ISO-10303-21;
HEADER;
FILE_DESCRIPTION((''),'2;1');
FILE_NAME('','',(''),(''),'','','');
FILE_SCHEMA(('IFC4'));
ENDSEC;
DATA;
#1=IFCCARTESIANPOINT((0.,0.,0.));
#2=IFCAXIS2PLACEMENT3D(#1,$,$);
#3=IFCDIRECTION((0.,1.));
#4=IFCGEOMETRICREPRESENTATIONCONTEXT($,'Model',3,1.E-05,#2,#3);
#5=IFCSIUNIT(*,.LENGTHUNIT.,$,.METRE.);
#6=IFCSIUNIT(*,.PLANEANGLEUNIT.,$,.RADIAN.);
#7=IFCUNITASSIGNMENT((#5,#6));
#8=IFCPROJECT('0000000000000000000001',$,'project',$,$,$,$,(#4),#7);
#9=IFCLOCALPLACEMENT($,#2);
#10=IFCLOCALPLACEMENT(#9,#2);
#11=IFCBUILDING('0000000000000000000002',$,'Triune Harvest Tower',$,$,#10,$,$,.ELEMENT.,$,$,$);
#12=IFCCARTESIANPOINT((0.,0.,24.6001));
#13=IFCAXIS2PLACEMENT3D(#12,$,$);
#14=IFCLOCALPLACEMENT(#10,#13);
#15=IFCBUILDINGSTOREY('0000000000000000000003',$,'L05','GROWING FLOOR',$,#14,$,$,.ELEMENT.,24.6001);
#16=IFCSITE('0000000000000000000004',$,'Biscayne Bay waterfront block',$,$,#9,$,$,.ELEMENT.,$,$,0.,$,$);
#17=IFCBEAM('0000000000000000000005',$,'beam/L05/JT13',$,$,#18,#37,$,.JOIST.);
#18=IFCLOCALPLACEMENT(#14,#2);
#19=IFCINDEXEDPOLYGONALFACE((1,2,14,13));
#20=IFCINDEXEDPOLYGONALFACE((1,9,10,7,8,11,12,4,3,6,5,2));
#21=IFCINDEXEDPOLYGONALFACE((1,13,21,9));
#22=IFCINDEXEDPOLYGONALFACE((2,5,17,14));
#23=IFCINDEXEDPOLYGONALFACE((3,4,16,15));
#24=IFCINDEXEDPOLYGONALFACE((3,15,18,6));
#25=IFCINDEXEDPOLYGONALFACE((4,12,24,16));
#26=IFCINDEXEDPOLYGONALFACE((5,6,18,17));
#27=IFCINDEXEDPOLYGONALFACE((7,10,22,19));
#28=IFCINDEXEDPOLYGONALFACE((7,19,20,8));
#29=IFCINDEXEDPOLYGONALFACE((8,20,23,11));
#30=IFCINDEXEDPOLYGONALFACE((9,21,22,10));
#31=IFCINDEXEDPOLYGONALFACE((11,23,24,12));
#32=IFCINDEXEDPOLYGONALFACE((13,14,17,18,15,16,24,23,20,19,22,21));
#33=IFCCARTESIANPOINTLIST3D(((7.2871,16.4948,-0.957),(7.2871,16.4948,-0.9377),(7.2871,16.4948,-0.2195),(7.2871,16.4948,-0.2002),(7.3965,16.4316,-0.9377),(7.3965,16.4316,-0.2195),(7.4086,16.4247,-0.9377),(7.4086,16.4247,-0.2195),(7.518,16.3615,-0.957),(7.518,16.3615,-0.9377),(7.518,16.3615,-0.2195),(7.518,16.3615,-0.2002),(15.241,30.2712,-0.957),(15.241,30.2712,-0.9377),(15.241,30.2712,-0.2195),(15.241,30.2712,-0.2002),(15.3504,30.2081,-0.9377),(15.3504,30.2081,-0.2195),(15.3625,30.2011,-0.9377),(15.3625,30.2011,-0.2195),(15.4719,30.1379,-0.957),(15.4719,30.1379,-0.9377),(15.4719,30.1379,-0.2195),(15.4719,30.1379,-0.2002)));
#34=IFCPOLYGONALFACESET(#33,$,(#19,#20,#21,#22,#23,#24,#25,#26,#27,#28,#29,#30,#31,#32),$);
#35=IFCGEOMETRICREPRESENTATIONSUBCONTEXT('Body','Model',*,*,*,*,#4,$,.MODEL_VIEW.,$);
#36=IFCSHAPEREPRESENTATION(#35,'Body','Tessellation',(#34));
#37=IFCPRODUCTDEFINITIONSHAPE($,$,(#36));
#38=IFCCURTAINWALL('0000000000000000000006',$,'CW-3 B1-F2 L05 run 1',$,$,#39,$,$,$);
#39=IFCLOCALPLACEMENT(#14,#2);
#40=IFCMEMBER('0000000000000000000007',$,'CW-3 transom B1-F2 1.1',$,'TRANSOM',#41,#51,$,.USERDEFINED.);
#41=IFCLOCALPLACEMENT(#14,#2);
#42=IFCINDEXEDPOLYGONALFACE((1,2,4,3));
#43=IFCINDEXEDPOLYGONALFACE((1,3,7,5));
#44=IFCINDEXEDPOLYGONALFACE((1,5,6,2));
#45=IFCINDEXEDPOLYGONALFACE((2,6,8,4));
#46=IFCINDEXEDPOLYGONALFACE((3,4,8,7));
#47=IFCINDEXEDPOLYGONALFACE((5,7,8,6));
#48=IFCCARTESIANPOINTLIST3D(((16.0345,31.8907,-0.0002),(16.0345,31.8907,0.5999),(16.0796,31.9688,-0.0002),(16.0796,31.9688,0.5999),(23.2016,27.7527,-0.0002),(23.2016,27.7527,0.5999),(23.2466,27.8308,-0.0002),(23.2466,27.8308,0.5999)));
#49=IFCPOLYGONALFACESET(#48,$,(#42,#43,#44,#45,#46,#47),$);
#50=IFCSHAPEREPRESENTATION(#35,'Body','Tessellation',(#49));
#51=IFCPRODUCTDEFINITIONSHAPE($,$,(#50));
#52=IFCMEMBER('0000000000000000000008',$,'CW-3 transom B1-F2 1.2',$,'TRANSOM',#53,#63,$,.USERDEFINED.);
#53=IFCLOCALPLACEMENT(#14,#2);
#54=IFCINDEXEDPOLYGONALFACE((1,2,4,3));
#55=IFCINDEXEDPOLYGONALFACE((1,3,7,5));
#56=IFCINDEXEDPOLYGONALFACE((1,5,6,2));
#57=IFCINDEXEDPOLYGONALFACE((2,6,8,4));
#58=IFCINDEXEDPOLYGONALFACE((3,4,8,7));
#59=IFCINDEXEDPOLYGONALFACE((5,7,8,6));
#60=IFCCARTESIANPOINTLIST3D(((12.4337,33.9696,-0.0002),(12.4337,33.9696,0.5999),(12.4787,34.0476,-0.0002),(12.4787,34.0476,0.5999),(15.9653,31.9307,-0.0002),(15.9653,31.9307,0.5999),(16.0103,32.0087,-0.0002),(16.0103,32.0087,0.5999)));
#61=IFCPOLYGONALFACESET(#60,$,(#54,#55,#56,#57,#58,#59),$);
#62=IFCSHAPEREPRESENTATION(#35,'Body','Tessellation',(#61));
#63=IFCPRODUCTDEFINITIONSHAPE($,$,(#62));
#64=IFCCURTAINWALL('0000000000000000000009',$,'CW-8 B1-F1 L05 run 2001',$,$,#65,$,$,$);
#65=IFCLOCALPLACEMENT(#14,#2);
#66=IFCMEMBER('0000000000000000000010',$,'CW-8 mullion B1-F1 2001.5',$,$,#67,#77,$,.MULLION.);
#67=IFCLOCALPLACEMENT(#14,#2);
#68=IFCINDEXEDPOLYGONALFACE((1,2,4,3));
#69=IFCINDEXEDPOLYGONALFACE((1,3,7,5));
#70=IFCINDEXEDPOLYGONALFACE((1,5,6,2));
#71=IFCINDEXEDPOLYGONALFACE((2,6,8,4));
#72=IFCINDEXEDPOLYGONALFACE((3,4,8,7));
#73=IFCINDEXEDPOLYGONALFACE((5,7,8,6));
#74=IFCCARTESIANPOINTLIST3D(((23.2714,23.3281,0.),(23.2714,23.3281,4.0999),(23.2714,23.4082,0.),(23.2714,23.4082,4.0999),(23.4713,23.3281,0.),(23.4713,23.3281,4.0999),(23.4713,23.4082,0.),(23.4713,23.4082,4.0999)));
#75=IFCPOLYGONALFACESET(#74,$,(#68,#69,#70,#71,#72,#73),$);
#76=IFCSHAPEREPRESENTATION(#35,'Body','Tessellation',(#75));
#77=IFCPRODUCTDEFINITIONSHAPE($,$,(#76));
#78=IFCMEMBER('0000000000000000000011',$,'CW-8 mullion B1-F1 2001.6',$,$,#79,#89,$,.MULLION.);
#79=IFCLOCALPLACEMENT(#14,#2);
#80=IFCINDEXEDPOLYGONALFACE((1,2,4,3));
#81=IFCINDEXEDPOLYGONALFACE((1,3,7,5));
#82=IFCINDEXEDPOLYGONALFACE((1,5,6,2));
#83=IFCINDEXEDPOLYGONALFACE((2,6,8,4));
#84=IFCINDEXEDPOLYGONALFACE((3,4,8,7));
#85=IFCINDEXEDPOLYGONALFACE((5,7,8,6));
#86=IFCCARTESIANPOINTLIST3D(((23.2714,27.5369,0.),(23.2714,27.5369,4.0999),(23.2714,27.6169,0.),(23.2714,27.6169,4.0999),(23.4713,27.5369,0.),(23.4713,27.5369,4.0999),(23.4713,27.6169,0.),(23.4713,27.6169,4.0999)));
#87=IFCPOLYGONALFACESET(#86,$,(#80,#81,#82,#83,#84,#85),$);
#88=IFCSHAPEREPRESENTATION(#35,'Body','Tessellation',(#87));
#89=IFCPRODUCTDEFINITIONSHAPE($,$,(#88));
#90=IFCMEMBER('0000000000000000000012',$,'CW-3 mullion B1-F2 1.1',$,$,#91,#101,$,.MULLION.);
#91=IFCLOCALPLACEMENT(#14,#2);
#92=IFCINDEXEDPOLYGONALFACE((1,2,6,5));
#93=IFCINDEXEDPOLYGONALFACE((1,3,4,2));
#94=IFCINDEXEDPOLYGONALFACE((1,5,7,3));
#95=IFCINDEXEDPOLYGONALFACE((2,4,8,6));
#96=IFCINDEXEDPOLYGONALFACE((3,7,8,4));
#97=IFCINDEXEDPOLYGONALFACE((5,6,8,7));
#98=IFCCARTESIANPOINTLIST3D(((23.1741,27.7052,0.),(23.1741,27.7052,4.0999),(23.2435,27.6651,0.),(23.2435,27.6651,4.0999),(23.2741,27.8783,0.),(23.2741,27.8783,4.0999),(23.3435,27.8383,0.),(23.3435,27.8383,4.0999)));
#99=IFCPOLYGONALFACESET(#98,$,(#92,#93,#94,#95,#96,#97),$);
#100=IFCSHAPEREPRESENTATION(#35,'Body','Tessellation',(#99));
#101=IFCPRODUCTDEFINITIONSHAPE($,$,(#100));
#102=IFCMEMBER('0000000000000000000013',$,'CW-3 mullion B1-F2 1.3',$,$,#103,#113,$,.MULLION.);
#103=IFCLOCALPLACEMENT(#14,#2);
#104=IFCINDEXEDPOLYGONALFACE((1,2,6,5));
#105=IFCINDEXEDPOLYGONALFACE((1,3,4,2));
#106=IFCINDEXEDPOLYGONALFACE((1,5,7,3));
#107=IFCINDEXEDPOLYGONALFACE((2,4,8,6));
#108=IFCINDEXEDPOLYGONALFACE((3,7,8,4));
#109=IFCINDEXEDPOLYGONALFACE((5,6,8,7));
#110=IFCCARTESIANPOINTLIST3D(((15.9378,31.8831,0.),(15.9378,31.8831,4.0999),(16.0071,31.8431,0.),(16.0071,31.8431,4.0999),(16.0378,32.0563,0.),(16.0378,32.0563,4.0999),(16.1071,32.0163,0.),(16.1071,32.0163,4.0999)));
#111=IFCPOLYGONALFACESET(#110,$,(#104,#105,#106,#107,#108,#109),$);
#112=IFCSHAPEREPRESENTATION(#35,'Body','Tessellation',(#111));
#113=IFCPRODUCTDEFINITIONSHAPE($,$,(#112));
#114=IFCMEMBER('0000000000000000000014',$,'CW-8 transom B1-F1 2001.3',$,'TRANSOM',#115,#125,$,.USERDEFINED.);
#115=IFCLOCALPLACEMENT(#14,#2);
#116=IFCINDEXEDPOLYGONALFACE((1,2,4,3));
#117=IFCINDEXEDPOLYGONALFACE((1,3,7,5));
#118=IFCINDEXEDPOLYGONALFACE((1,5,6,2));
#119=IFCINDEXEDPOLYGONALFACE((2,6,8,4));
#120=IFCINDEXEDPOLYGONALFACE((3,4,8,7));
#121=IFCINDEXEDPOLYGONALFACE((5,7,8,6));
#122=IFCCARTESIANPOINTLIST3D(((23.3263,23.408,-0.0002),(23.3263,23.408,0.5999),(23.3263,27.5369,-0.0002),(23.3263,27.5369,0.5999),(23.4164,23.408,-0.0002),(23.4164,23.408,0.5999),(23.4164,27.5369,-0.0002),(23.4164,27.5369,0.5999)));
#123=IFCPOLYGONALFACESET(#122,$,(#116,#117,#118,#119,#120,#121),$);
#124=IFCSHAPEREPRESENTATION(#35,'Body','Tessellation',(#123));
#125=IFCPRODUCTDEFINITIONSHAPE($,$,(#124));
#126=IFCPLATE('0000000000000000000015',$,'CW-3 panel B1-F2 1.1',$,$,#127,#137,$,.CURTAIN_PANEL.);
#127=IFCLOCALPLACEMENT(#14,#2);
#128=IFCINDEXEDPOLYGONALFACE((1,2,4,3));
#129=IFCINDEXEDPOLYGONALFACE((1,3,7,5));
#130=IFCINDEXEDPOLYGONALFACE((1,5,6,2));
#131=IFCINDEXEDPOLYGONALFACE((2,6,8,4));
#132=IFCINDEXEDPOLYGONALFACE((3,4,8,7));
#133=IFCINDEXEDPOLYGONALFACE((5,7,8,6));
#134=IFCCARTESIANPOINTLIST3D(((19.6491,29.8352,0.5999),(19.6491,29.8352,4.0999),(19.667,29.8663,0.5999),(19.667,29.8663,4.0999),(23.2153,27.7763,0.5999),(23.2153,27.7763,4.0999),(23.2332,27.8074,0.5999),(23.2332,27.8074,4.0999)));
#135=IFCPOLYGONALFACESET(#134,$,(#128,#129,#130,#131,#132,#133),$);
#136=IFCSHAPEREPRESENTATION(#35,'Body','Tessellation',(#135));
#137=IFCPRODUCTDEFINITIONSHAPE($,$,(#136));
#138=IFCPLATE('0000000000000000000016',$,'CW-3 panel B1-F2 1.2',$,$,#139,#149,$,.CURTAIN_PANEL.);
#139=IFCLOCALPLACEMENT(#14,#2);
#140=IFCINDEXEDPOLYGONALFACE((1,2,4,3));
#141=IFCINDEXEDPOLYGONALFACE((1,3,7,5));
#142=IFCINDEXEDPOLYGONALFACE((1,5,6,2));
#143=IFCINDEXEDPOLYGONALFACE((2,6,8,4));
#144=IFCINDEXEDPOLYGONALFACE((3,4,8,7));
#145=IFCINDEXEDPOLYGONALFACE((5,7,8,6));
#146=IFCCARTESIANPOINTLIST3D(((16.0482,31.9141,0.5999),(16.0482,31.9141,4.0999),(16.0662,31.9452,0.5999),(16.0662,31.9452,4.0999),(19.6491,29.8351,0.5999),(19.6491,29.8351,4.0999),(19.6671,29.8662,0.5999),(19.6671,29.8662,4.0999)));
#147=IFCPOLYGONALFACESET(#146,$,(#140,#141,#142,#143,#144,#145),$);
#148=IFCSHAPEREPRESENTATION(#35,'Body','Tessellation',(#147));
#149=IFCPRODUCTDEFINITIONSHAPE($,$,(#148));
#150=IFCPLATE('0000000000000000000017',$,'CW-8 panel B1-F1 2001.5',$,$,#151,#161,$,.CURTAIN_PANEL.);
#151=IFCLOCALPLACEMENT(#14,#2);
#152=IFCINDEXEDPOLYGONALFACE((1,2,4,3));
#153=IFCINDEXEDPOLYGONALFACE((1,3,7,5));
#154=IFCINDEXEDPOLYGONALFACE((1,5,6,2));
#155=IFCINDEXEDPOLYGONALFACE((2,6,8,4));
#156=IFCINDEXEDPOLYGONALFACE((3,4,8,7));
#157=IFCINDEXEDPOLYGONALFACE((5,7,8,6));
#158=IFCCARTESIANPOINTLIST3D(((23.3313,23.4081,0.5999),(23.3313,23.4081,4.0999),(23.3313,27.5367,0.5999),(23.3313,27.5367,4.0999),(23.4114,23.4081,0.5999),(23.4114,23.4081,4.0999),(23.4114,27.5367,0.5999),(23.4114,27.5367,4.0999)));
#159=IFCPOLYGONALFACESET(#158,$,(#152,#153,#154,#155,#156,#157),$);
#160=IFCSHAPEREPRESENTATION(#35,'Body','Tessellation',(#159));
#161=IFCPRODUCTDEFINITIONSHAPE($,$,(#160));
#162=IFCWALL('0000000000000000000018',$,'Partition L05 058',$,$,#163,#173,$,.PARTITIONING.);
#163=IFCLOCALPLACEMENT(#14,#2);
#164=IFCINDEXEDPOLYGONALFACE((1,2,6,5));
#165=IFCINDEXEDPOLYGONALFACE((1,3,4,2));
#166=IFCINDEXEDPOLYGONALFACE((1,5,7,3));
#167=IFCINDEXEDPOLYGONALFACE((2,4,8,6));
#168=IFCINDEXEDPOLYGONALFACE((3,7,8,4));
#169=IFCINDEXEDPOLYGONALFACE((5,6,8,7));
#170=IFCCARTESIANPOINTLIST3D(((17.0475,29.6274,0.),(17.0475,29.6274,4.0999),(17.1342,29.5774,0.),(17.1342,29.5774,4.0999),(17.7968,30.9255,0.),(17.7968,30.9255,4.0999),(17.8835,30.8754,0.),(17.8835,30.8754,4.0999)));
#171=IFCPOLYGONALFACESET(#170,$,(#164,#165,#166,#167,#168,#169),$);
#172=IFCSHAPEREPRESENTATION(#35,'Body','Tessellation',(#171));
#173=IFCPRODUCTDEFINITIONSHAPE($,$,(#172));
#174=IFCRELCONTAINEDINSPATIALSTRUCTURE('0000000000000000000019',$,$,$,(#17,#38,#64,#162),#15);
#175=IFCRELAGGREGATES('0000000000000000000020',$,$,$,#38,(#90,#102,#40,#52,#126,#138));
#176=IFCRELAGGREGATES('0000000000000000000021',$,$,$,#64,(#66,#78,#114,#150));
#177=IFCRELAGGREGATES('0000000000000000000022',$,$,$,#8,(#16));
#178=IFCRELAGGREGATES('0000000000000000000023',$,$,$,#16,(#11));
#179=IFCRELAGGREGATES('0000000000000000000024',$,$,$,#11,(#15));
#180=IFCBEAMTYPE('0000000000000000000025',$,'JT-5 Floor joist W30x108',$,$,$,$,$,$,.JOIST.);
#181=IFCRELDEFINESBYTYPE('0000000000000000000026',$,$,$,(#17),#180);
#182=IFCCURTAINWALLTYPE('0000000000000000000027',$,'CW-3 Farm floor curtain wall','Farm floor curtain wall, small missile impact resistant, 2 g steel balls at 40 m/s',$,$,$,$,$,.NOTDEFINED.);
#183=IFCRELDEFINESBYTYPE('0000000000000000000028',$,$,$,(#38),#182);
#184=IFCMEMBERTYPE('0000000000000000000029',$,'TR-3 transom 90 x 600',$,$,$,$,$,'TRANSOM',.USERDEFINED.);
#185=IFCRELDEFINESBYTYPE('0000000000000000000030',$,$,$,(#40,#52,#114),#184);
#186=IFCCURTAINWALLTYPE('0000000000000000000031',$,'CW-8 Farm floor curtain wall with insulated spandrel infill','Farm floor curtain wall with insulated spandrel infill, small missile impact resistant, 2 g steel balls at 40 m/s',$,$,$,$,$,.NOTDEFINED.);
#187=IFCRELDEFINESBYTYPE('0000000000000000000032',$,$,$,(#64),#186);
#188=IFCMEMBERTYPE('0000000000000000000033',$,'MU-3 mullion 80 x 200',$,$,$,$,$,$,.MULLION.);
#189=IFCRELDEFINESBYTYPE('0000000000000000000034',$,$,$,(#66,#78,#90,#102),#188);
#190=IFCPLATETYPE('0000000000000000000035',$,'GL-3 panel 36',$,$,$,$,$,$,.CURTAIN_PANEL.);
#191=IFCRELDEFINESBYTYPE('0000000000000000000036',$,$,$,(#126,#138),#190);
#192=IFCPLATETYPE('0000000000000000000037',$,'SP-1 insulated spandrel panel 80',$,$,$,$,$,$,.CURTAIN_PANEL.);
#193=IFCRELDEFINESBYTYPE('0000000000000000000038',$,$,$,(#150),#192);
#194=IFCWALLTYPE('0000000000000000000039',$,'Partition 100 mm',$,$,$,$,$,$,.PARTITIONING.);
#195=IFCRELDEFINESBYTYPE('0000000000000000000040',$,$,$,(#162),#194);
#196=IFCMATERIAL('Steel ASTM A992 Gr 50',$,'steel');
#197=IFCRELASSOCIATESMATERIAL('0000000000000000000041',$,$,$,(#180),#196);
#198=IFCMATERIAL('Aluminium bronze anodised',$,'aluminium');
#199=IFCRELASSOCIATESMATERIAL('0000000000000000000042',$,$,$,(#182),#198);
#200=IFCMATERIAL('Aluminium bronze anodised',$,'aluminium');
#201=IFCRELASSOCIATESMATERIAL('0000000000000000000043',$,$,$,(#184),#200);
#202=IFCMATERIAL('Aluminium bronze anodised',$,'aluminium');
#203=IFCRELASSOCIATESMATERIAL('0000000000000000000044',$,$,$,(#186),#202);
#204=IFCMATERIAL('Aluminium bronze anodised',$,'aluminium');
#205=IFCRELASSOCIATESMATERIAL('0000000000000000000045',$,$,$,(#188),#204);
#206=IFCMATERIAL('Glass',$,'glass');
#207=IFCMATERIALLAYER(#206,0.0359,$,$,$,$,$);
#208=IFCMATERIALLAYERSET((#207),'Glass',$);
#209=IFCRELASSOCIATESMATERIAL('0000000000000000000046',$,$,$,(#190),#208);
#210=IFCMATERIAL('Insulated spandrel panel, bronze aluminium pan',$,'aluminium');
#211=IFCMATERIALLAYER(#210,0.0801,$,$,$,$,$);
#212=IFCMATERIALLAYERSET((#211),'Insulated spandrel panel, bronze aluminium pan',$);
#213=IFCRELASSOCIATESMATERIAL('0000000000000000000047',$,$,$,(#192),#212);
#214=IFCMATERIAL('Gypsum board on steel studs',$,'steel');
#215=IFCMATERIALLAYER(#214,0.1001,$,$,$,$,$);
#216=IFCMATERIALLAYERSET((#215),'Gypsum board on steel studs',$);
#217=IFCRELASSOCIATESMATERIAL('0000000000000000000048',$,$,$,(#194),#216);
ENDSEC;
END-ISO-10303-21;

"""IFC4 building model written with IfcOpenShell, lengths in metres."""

from ifc_helpers import new_model, si_unit, direction, frame, frame_2d, origin, origin_2d, place, context, subcontext, project, spatial, rectangle, i_section, extrude, source, transform, mapped, material, layer, layer_set, material_profile, profile_set, type_object, element, aggregate, save


model = new_model("IFC4")

# Units and contexts
model_context = context("Model", 3, precision=1e-05, world=origin(), true_north=direction((0.0, 1.0)))
body_context = subcontext(model_context, "Body", "Model", "MODEL_VIEW")
ifc_project = project(units=[si_unit("LENGTHUNIT", "METRE"), si_unit("PLANEANGLEUNIT", "RADIAN")], contexts=[model_context])

# Site, building, storey
site_placement = place(None, origin())
site = spatial("IfcSite", under=ifc_project, at=site_placement, Name="Biscayne Bay waterfront block", CompositionType="ELEMENT", RefElevation=0.0)
building_placement = place(site_placement, origin())
building = spatial("IfcBuilding", under=site, at=building_placement, Name="Triune Harvest Tower", CompositionType="ELEMENT")
storey_placement = place(building_placement, frame((0.0, 0.0, 24.6001)))
storey = spatial("IfcBuildingStorey", under=building, at=storey_placement, Name="L05", Description="GROWING FLOOR", CompositionType="ELEMENT", Elevation=24.6001)

# Beam
ifc_material_1 = material(Name="Steel ASTM A992 Gr 50", Category="steel")
ifc_material_profile_1 = material_profile(ifc_material_1, i_section(OverallWidth=0.2666, OverallDepth=0.7568, WebThickness=0.0139, FlangeThickness=0.0193, at=origin_2d()), Name="W30x108")
ifc_profile_set_1 = profile_set([ifc_material_profile_1], Name="Steel ASTM A992 Gr 50")
beam_type_1 = type_object("IfcBeamType", Name="JT-5 Floor joist W30x108", PredefinedType="JOIST", material=ifc_profile_set_1)
shared_shape_1 = source(origin(), body_context, "Body", "SweptSolid", [
    extrude(i_section(OverallWidth=0.2666, OverallDepth=0.7568, WebThickness=0.0139, FlangeThickness=0.0193, at=origin_2d()), origin(), (0.0, 0.0, 1.0), 15.9077),
])
beam_1_placement = place(storey_placement, frame((15.3564, 30.2046, -0.5786), z_axis=(-0.500003, -0.866024, 0.0), x_axis=(0.866024, -0.500003, 0.0)))
element("IfcBeam", 1, at=beam_1_placement, inside=storey, type_object=beam_type_1, Name="beam/L05/JT13", PredefinedType="JOIST", context=body_context, shape_type="MappedRepresentation", body=[
    mapped(shared_shape_1, transform((0.0, 0.0, 0.0), scale=1.0)),
])

# Curtain walls, members
ifc_material_2 = material(Name="Aluminium bronze anodised", Category="aluminium")
curtain_wall_type_1 = type_object("IfcCurtainWallType", Name="CW-3 Farm floor curtain wall", Description="Farm floor curtain wall, small missile impact resistant, 2 g steel balls at 40 m/s", PredefinedType="NOTDEFINED", material=ifc_material_2)
curtain_wall_1_placement = place(storey_placement, origin())
curtain_wall_1 = element("IfcCurtainWall", 2, at=curtain_wall_1_placement, inside=storey, type_object=curtain_wall_type_1, Name="CW-3 B1-F2 L05 run 1")
ifc_material_3 = material(Name="Aluminium bronze anodised", Category="aluminium")
ifc_material_profile_2 = material_profile(ifc_material_3, rectangle(XDim=0.0901, YDim=0.6001, at=origin_2d()), Name="TR-3 transom 90 x 600")
ifc_profile_set_2 = profile_set([ifc_material_profile_2], Name="Aluminium bronze anodised")
member_type_1 = type_object("IfcMemberType", Name="TR-3 transom 90 x 600", ElementType="TRANSOM", PredefinedType="USERDEFINED", material=ifc_profile_set_2)
shared_shape_2 = source(origin(), body_context, "Body", "SweptSolid", [
    extrude(rectangle(XDim=0.0901, YDim=0.6001, at=origin_2d()), origin(), (0.0, 0.0, 1.0), 8.2759),
])
member_1_placement = place(storey_placement, frame((23.2241, 27.7917, 0.2998), z_axis=(-0.866022, 0.500007, 0.0), x_axis=(-0.500007, -0.866022, 0.0)))
member_1 = element("IfcMember", 3, at=member_1_placement, type_object=member_type_1, Name="CW-3 transom B1-F2 1.1", ObjectType="TRANSOM", PredefinedType="USERDEFINED", context=body_context, shape_type="MappedRepresentation", body=[
    mapped(shared_shape_2, transform((0.0, 0.0, 0.0), scale=1.0)),
])
shared_shape_3 = source(origin(), body_context, "Body", "SweptSolid", [
    extrude(rectangle(XDim=0.0901, YDim=0.6001, at=origin_2d()), origin(), (0.0, 0.0, 1.0), 4.0779),
])
member_2_placement = place(storey_placement, frame((15.9878, 31.9697, 0.2998), z_axis=(-0.866035, 0.499983, 0.0), x_axis=(-0.499983, -0.866035, 0.0)))
member_2 = element("IfcMember", 4, at=member_2_placement, type_object=member_type_1, Name="CW-3 transom B1-F2 1.2", ObjectType="TRANSOM", PredefinedType="USERDEFINED", context=body_context, shape_type="MappedRepresentation", body=[
    mapped(shared_shape_3, transform((0.0, 0.0, 0.0), scale=1.0)),
])
ifc_material_4 = material(Name="Aluminium bronze anodised", Category="aluminium")
curtain_wall_type_2 = type_object("IfcCurtainWallType", Name="CW-8 Farm floor curtain wall with insulated spandrel infill", Description="Farm floor curtain wall with insulated spandrel infill, small missile impact resistant, 2 g steel balls at 40 m/s", PredefinedType="NOTDEFINED", material=ifc_material_4)
curtain_wall_2_placement = place(storey_placement, origin())
curtain_wall_2 = element("IfcCurtainWall", 5, at=curtain_wall_2_placement, inside=storey, type_object=curtain_wall_type_2, Name="CW-8 B1-F1 L05 run 2001")
ifc_material_5 = material(Name="Aluminium bronze anodised", Category="aluminium")
ifc_material_profile_3 = material_profile(ifc_material_5, rectangle(XDim=0.2, YDim=0.0801, at=origin_2d()), Name="MU-3 mullion 80 x 200")
ifc_profile_set_3 = profile_set([ifc_material_profile_3], Name="Aluminium bronze anodised")
member_type_2 = type_object("IfcMemberType", Name="MU-3 mullion 80 x 200", PredefinedType="MULLION", material=ifc_profile_set_3)
shared_shape_4 = source(origin(), body_context, "Body", "SweptSolid", [
    extrude(rectangle(XDim=0.2, YDim=0.0801, at=origin_2d()), origin(), (0.0, 0.0, 1.0), 4.0999),
])
member_3_placement = place(storey_placement, frame((23.3713, 23.3682, 0.0), z_axis=(0.0, 0.0, 1.0), x_axis=(-1.0, 0.0, 0.0)))
member_3 = element("IfcMember", 6, at=member_3_placement, type_object=member_type_2, Name="CW-8 mullion B1-F1 2001.5", PredefinedType="MULLION", context=body_context, shape_type="MappedRepresentation", body=[
    mapped(shared_shape_4, transform((0.0, 0.0, 0.0), scale=1.0)),
])
member_4_placement = place(storey_placement, frame((23.3713, 27.5769, 0.0), z_axis=(0.0, 0.0, 1.0), x_axis=(-1.0, 0.0, 0.0)))
member_4 = element("IfcMember", 7, at=member_4_placement, type_object=member_type_2, Name="CW-8 mullion B1-F1 2001.6", PredefinedType="MULLION", context=body_context, shape_type="MappedRepresentation", body=[
    mapped(shared_shape_4, transform((0.0, 0.0, 0.0), scale=1.0)),
])

# Members
member_5_placement = place(storey_placement, frame((23.2588, 27.7717, 0.0), z_axis=(0.0, 0.0, 1.0), x_axis=(-0.499999, -0.866026, 0.0)))
member_5 = element("IfcMember", 8, at=member_5_placement, type_object=member_type_2, Name="CW-3 mullion B1-F2 1.1", PredefinedType="MULLION", context=body_context, shape_type="MappedRepresentation", body=[
    mapped(shared_shape_4, transform((0.0, 0.0, 0.0), scale=1.0)),
])
member_6_placement = place(storey_placement, frame((16.0225, 31.9497, 0.0), z_axis=(0.0, 0.0, 1.0), x_axis=(-0.499999, -0.866026, 0.0)))
member_6 = element("IfcMember", 9, at=member_6_placement, type_object=member_type_2, Name="CW-3 mullion B1-F2 1.3", PredefinedType="MULLION", context=body_context, shape_type="MappedRepresentation", body=[
    mapped(shared_shape_4, transform((0.0, 0.0, 0.0), scale=1.0)),
])
shared_shape_5 = source(origin(), body_context, "Body", "SweptSolid", [
    extrude(rectangle(XDim=0.0901, YDim=0.6001, at=origin_2d()), origin(), (0.0, 0.0, 1.0), 4.1289),
])
member_7_placement = place(storey_placement, frame((23.3713, 23.408, 0.2998), z_axis=(0.0, 1.0, 0.0), x_axis=(-1.0, 0.0, 0.0)))
member_7 = element("IfcMember", 10, at=member_7_placement, type_object=member_type_1, Name="CW-8 transom B1-F1 2001.3", ObjectType="TRANSOM", PredefinedType="USERDEFINED", context=body_context, shape_type="MappedRepresentation", body=[
    mapped(shared_shape_5, transform((0.0, 0.0, 0.0), scale=1.0)),
])

# Plates
ifc_material_6 = material(Name="Glass", Category="glass")
ifc_layer_1 = layer(ifc_material_6, 0.0359)
ifc_layer_set_1 = layer_set([ifc_layer_1], Name="Glass")
plate_type_1 = type_object("IfcPlateType", Name="GL-3 panel 36", PredefinedType="CURTAIN_PANEL", material=ifc_layer_set_1)
shared_shape_6 = source(origin(), body_context, "Body", "SweptSolid", [
    extrude(rectangle(XDim=4.1179, YDim=0.0359, at=origin_2d()), origin(), (0.0, 0.0, 1.0), 3.5),
])
plate_1_placement = place(storey_placement, frame((21.4412, 28.8213, 0.5999), z_axis=(0.0, 0.0, 1.0), x_axis=(-0.866026, 0.499999, 0.0)))
plate_1 = element("IfcPlate", 11, at=plate_1_placement, type_object=plate_type_1, Name="CW-3 panel B1-F2 1.1", PredefinedType="CURTAIN_PANEL", context=body_context, shape_type="MappedRepresentation", body=[
    mapped(shared_shape_6, transform((0.0, 0.0, 0.0), scale=1.0)),
])
shared_shape_7 = source(origin(), body_context, "Body", "SweptSolid", [
    extrude(rectangle(XDim=4.158, YDim=0.0359, at=origin_2d()), origin(), (0.0, 0.0, 1.0), 3.5),
])
plate_2_placement = place(storey_placement, frame((17.8577, 30.8901, 0.5999), z_axis=(0.0, 0.0, 1.0), x_axis=(-0.866026, 0.499999, 0.0)))
plate_2 = element("IfcPlate", 12, at=plate_2_placement, type_object=plate_type_1, Name="CW-3 panel B1-F2 1.2", PredefinedType="CURTAIN_PANEL", context=body_context, shape_type="MappedRepresentation", body=[
    mapped(shared_shape_7, transform((0.0, 0.0, 0.0), scale=1.0)),
])
aggregate(curtain_wall_1, [member_5, member_6, member_1, member_2, plate_1, plate_2])
ifc_material_7 = material(Name="Insulated spandrel panel, bronze aluminium pan", Category="aluminium")
ifc_layer_2 = layer(ifc_material_7, 0.0801)
ifc_layer_set_2 = layer_set([ifc_layer_2], Name="Insulated spandrel panel, bronze aluminium pan")
plate_type_2 = type_object("IfcPlateType", Name="SP-1 insulated spandrel panel 80", PredefinedType="CURTAIN_PANEL", material=ifc_layer_set_2)
shared_shape_8 = source(origin(), body_context, "Body", "SweptSolid", [
    extrude(rectangle(XDim=4.1287, YDim=0.0801, at=origin_2d()), origin(), (0.0, 0.0, 1.0), 3.5),
])
plate_3_placement = place(storey_placement, frame((23.3713, 25.4724, 0.5999), z_axis=(0.0, 0.0, 1.0), x_axis=(0.0, 1.0, 0.0)))
plate_3 = element("IfcPlate", 13, at=plate_3_placement, type_object=plate_type_2, Name="CW-8 panel B1-F1 2001.5", PredefinedType="CURTAIN_PANEL", context=body_context, shape_type="MappedRepresentation", body=[
    mapped(shared_shape_8, transform((0.0, 0.0, 0.0), scale=1.0)),
])
aggregate(curtain_wall_2, [member_3, member_4, member_7, plate_3])

# Wall
ifc_material_8 = material(Name="Gypsum board on steel studs", Category="steel")
ifc_layer_3 = layer(ifc_material_8, 0.1001)
ifc_layer_set_3 = layer_set([ifc_layer_3], Name="Gypsum board on steel studs")
wall_type_1 = type_object("IfcWallType", Name="Partition 100 mm", PredefinedType="PARTITIONING", material=ifc_layer_set_3)
shared_shape_9 = source(origin(), body_context, "Body", "SweptSolid", [
    extrude(rectangle(XDim=1.4988, YDim=0.1001, at=frame_2d((0.7495, 0.0))), origin(), (0.0, 0.0, 1.0), 4.0999),
])
wall_1_placement = place(storey_placement, frame((17.0908, 29.6023, 0.0), z_axis=(0.0, 0.0, 1.0), x_axis=(0.499906, 0.86608, 0.0)))
element("IfcWall", 14, at=wall_1_placement, inside=storey, type_object=wall_type_1, Name="Partition L05 058", PredefinedType="PARTITIONING", context=body_context, shape_type="MappedRepresentation", body=[
    mapped(shared_shape_9, transform((0.0, 0.0, 0.0), scale=1.0)),
])

save(model, "model.ifc")
